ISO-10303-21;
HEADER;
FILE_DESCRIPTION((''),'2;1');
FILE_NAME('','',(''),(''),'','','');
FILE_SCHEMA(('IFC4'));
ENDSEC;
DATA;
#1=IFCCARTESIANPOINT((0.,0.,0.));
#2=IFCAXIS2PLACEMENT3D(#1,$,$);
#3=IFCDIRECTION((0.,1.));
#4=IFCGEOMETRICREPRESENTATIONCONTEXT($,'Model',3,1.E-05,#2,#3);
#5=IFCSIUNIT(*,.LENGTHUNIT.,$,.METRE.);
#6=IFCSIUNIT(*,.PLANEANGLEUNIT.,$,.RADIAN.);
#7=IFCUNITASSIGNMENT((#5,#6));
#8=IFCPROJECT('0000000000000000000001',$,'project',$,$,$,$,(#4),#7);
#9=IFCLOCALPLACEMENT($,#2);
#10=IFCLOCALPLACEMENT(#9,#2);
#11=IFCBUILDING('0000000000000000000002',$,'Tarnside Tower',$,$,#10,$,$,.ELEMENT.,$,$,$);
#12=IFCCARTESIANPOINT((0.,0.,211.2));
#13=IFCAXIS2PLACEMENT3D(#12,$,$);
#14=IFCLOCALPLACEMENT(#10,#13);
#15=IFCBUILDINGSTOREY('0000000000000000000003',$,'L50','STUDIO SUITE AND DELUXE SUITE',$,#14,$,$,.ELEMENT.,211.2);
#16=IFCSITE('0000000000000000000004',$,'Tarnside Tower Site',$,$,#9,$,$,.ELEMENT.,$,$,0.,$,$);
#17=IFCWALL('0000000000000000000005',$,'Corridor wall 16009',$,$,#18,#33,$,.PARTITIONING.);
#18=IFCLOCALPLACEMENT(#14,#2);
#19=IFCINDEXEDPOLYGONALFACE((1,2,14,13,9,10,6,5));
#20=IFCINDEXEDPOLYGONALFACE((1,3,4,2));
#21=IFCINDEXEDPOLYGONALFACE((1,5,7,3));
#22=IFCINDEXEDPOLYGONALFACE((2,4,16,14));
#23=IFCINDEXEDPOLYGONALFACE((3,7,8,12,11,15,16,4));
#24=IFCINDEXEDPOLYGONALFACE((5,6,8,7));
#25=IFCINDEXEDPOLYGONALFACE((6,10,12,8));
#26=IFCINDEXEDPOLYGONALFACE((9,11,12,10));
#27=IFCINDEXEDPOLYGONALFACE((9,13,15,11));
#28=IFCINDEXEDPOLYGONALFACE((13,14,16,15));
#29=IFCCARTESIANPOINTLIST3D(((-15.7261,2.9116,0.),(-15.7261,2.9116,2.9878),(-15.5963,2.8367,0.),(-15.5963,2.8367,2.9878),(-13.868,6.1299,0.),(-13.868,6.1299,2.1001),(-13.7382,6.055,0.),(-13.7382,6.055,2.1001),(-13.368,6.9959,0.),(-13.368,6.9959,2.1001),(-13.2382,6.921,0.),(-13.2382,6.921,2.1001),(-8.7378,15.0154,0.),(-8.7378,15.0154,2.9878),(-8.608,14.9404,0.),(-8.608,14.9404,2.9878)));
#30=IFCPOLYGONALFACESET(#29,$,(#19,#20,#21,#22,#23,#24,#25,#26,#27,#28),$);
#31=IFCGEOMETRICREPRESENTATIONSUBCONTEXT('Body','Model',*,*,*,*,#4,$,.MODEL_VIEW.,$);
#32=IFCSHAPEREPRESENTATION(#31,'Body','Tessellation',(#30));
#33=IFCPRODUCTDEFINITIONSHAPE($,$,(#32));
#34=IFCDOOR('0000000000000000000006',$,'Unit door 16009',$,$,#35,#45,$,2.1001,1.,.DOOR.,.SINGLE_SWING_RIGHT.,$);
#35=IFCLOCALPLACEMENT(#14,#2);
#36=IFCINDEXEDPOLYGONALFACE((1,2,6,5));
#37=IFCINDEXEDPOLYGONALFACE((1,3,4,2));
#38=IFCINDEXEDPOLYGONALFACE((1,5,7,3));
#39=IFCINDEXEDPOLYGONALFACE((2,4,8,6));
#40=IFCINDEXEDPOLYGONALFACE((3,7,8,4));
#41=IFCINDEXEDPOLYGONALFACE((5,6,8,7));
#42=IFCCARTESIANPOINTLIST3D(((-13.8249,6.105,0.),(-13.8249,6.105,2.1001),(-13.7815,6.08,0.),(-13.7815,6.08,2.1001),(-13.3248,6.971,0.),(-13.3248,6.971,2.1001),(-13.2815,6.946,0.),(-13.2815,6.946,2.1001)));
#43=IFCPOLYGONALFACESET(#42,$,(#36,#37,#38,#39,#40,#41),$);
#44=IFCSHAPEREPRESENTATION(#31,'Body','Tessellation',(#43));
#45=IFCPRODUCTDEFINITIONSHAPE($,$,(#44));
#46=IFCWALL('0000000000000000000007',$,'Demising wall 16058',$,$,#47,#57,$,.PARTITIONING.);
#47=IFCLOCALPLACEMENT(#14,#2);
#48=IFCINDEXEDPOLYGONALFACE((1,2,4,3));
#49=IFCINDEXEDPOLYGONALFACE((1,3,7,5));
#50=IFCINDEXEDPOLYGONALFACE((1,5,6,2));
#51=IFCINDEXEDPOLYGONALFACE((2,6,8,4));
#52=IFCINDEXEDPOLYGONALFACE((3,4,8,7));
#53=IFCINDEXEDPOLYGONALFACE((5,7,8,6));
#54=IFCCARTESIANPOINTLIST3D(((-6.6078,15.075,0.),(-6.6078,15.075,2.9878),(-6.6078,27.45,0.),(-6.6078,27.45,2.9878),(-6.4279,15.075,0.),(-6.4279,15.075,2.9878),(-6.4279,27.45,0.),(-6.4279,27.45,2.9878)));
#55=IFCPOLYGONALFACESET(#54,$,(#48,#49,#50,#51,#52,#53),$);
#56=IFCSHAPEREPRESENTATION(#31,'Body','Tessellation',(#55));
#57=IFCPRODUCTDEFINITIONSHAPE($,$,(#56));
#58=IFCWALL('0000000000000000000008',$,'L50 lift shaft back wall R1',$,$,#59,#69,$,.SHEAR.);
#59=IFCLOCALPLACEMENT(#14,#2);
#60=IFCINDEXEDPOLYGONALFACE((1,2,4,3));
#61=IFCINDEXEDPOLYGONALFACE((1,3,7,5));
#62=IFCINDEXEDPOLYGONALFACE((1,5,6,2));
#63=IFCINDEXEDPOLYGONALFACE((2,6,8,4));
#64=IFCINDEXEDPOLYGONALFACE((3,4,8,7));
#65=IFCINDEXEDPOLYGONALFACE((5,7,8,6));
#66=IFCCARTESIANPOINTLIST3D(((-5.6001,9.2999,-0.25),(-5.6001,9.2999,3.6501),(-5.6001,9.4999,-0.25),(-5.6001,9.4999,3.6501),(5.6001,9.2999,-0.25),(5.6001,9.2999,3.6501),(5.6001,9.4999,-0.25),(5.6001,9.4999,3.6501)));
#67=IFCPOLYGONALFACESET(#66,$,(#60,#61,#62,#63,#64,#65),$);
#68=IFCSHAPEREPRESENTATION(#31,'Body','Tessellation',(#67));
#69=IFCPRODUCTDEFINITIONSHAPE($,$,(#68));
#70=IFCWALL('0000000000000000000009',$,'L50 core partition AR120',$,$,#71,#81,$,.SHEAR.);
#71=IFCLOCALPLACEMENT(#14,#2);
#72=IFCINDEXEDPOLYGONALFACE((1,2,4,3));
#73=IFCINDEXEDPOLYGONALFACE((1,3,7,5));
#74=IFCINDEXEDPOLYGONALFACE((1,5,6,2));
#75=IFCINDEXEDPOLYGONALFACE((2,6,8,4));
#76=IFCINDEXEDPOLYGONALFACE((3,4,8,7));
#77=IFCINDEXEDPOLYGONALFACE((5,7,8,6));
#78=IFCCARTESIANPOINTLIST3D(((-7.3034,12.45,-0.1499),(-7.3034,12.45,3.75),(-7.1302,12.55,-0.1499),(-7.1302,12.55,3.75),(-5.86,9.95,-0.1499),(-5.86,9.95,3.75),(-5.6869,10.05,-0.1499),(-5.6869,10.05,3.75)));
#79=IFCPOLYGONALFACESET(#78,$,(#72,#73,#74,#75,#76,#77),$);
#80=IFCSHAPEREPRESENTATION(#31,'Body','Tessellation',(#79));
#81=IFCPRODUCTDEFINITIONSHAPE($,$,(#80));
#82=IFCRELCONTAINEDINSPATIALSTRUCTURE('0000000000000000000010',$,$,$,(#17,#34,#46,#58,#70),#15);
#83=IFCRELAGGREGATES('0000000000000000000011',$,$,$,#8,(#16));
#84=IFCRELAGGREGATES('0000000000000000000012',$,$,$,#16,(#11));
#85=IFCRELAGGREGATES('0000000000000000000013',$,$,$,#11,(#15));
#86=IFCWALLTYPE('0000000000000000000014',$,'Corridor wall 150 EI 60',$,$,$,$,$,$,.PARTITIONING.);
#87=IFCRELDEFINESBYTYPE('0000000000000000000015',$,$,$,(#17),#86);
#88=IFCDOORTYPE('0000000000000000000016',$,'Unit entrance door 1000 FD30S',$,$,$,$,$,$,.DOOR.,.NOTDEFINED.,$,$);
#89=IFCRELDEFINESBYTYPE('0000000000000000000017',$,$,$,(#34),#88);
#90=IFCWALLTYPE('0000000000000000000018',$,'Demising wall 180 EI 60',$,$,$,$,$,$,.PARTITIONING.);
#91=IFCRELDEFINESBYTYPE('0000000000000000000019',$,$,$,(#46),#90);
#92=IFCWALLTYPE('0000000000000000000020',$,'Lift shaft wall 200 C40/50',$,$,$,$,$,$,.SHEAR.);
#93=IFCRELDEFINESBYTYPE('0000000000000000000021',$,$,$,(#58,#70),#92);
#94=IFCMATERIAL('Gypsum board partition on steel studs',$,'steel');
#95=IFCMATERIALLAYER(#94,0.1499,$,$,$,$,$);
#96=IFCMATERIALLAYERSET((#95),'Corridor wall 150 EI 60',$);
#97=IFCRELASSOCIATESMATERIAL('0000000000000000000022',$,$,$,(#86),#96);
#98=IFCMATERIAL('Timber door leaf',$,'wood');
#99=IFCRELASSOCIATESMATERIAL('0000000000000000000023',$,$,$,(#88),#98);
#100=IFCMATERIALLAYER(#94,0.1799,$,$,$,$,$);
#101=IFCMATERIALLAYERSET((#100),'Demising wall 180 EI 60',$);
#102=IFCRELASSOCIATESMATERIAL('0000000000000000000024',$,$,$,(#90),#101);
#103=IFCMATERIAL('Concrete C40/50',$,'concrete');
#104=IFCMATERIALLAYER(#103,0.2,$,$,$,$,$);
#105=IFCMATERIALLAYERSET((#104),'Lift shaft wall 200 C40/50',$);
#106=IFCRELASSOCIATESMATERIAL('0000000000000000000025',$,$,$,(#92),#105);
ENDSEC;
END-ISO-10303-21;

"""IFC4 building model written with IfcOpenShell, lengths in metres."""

from ifc_helpers import new_model, si_unit, direction, frame, frame_2d, origin, place, context, subcontext, project, spatial, rectangle, extrude, material, layer, layer_set, type_object, element, fill, save


model = new_model("IFC4")

# Units and contexts
model_context = context("Model", 3, precision=1e-05, world=origin(), true_north=direction((0.0, 1.0)))
body_context = subcontext(model_context, "Body", "Model", "MODEL_VIEW")
ifc_project = project(units=[si_unit("LENGTHUNIT", "METRE"), si_unit("PLANEANGLEUNIT", "RADIAN")], contexts=[model_context])

# Site, building, storey
site_placement = place(None, origin())
site = spatial("IfcSite", under=ifc_project, at=site_placement, Name="Tarnside Tower Site", CompositionType="ELEMENT", RefElevation=0.0)
building_placement = place(site_placement, origin())
building = spatial("IfcBuilding", under=site, at=building_placement, Name="Tarnside Tower", CompositionType="ELEMENT")
storey_placement = place(building_placement, frame((0.0, 0.0, 211.2)))
storey = spatial("IfcBuildingStorey", under=building, at=storey_placement, Name="L50", Description="STUDIO SUITE AND DELUXE SUITE", CompositionType="ELEMENT", Elevation=211.2)

# Shared definitions
ifc_material_1 = material(Name="Gypsum board partition on steel studs", Category="steel")

# Shared definitions
ifc_material_2 = material(Name="Timber door leaf", Category="wood")

# Wall, opening, door
ifc_layer_1 = layer(ifc_material_1, 0.1499)
ifc_layer_set_1 = layer_set([ifc_layer_1], Name="Corridor wall 150 EI 60")
wall_type_1 = type_object("IfcWallType", Name="Corridor wall 150 EI 60", PredefinedType="PARTITIONING", material=ifc_layer_set_1)
wall_1_placement = place(storey_placement, frame((-8.6729, 14.978, 0.0), z_axis=(0.0, 0.0, 1.0), x_axis=(-0.500009, -0.86602, 0.0)))
wall_1 = element("IfcWall", 1, at=wall_1_placement, inside=storey, type_object=wall_type_1, Name="Corridor wall 16009", PredefinedType="PARTITIONING", context=body_context, shape_type="SweptSolid", body=[
    extrude(rectangle(XDim=13.9763, YDim=0.1499, at=frame_2d((6.9883, 0.0))), origin(), (0.0, 0.0, 1.0), 2.9878),
])
opening_1_placement = place(wall_1_placement, frame((9.2603, 0.0, 0.0)))
opening_1 = element("IfcOpeningElement", 2, at=opening_1_placement, cuts=wall_1, PredefinedType="OPENING", context=body_context, shape_type="SweptSolid", body=[
    extrude(rectangle(XDim=1.0, YDim=2.1001, at=frame_2d((0.5, 1.05))), frame((0.0, 0.085, 0.0), z_axis=(0.0, -1.0, 0.0), x_axis=(1.0, 0.0, 0.0)), (0.0, 0.0, 1.0), 0.1699),
])
door_type_1 = type_object("IfcDoorType", Name="Unit entrance door 1000 FD30S", OperationType="NOTDEFINED", PredefinedType="DOOR", material=ifc_material_2)
door_1_placement = place(opening_1_placement, origin())
door_1 = element("IfcDoor", 3, at=door_1_placement, inside=storey, type_object=door_type_1, Name="Unit door 16009", OperationType="SINGLE_SWING_RIGHT", OverallHeight=2.1001, OverallWidth=1.0, PredefinedType="DOOR", context=body_context, shape_type="SweptSolid", body=[
    extrude(rectangle(XDim=1.0, YDim=2.1001, at=frame_2d((0.5, 1.05))), frame((0.0, 0.0249, 0.0), z_axis=(0.0, -1.0, 0.0), x_axis=(1.0, 0.0, 0.0)), (0.0, 0.0, 1.0), 0.05),
])
fill(opening_1, door_1)

# Walls
ifc_layer_2 = layer(ifc_material_1, 0.1799)
ifc_layer_set_2 = layer_set([ifc_layer_2], Name="Demising wall 180 EI 60")
wall_type_2 = type_object("IfcWallType", Name="Demising wall 180 EI 60", PredefinedType="PARTITIONING", material=ifc_layer_set_2)
wall_2_placement = place(storey_placement, frame((-6.5178, 27.45, 0.0), z_axis=(0.0, 0.0, 1.0), x_axis=(0.0, -1.0, 0.0)))
element("IfcWall", 4, at=wall_2_placement, inside=storey, type_object=wall_type_2, Name="Demising wall 16058", PredefinedType="PARTITIONING", context=body_context, shape_type="SweptSolid", body=[
    extrude(rectangle(XDim=12.375, YDim=0.1799, at=frame_2d((6.1875, 0.0))), origin(), (0.0, 0.0, 1.0), 2.9878),
])
ifc_material_3 = material(Name="Concrete C40/50", Category="concrete")
ifc_layer_3 = layer(ifc_material_3, 0.2)
ifc_layer_set_3 = layer_set([ifc_layer_3], Name="Lift shaft wall 200 C40/50")
wall_type_3 = type_object("IfcWallType", Name="Lift shaft wall 200 C40/50", PredefinedType="SHEAR", material=ifc_layer_set_3)
wall_3_placement = place(storey_placement, frame((-5.6001, 9.3999, -0.25), z_axis=(0.0, 0.0, 1.0), x_axis=(1.0, 0.0, 0.0)))
element("IfcWall", 5, at=wall_3_placement, inside=storey, type_object=wall_type_3, Name="L50 lift shaft back wall R1", PredefinedType="SHEAR", context=body_context, shape_type="SweptSolid", body=[
    extrude(rectangle(XDim=11.2002, YDim=0.2, at=frame_2d((5.6001, 0.0))), origin(), (0.0, 0.0, 1.0), 3.9001),
])
wall_4_placement = place(storey_placement, frame((-5.7734, 10.0, -0.1499), z_axis=(0.0, 0.0, 1.0), x_axis=(-0.499996, 0.866028, 0.0)))
element("IfcWall", 6, at=wall_4_placement, inside=storey, type_object=wall_type_3, Name="L50 core partition AR120", PredefinedType="SHEAR", context=body_context, shape_type="SweptSolid", body=[
    extrude(rectangle(XDim=2.8867, YDim=0.2, at=frame_2d((1.4434, 0.0))), origin(), (0.0, 0.0, 1.0), 3.8999),
])

save(model, "model.ifc")
